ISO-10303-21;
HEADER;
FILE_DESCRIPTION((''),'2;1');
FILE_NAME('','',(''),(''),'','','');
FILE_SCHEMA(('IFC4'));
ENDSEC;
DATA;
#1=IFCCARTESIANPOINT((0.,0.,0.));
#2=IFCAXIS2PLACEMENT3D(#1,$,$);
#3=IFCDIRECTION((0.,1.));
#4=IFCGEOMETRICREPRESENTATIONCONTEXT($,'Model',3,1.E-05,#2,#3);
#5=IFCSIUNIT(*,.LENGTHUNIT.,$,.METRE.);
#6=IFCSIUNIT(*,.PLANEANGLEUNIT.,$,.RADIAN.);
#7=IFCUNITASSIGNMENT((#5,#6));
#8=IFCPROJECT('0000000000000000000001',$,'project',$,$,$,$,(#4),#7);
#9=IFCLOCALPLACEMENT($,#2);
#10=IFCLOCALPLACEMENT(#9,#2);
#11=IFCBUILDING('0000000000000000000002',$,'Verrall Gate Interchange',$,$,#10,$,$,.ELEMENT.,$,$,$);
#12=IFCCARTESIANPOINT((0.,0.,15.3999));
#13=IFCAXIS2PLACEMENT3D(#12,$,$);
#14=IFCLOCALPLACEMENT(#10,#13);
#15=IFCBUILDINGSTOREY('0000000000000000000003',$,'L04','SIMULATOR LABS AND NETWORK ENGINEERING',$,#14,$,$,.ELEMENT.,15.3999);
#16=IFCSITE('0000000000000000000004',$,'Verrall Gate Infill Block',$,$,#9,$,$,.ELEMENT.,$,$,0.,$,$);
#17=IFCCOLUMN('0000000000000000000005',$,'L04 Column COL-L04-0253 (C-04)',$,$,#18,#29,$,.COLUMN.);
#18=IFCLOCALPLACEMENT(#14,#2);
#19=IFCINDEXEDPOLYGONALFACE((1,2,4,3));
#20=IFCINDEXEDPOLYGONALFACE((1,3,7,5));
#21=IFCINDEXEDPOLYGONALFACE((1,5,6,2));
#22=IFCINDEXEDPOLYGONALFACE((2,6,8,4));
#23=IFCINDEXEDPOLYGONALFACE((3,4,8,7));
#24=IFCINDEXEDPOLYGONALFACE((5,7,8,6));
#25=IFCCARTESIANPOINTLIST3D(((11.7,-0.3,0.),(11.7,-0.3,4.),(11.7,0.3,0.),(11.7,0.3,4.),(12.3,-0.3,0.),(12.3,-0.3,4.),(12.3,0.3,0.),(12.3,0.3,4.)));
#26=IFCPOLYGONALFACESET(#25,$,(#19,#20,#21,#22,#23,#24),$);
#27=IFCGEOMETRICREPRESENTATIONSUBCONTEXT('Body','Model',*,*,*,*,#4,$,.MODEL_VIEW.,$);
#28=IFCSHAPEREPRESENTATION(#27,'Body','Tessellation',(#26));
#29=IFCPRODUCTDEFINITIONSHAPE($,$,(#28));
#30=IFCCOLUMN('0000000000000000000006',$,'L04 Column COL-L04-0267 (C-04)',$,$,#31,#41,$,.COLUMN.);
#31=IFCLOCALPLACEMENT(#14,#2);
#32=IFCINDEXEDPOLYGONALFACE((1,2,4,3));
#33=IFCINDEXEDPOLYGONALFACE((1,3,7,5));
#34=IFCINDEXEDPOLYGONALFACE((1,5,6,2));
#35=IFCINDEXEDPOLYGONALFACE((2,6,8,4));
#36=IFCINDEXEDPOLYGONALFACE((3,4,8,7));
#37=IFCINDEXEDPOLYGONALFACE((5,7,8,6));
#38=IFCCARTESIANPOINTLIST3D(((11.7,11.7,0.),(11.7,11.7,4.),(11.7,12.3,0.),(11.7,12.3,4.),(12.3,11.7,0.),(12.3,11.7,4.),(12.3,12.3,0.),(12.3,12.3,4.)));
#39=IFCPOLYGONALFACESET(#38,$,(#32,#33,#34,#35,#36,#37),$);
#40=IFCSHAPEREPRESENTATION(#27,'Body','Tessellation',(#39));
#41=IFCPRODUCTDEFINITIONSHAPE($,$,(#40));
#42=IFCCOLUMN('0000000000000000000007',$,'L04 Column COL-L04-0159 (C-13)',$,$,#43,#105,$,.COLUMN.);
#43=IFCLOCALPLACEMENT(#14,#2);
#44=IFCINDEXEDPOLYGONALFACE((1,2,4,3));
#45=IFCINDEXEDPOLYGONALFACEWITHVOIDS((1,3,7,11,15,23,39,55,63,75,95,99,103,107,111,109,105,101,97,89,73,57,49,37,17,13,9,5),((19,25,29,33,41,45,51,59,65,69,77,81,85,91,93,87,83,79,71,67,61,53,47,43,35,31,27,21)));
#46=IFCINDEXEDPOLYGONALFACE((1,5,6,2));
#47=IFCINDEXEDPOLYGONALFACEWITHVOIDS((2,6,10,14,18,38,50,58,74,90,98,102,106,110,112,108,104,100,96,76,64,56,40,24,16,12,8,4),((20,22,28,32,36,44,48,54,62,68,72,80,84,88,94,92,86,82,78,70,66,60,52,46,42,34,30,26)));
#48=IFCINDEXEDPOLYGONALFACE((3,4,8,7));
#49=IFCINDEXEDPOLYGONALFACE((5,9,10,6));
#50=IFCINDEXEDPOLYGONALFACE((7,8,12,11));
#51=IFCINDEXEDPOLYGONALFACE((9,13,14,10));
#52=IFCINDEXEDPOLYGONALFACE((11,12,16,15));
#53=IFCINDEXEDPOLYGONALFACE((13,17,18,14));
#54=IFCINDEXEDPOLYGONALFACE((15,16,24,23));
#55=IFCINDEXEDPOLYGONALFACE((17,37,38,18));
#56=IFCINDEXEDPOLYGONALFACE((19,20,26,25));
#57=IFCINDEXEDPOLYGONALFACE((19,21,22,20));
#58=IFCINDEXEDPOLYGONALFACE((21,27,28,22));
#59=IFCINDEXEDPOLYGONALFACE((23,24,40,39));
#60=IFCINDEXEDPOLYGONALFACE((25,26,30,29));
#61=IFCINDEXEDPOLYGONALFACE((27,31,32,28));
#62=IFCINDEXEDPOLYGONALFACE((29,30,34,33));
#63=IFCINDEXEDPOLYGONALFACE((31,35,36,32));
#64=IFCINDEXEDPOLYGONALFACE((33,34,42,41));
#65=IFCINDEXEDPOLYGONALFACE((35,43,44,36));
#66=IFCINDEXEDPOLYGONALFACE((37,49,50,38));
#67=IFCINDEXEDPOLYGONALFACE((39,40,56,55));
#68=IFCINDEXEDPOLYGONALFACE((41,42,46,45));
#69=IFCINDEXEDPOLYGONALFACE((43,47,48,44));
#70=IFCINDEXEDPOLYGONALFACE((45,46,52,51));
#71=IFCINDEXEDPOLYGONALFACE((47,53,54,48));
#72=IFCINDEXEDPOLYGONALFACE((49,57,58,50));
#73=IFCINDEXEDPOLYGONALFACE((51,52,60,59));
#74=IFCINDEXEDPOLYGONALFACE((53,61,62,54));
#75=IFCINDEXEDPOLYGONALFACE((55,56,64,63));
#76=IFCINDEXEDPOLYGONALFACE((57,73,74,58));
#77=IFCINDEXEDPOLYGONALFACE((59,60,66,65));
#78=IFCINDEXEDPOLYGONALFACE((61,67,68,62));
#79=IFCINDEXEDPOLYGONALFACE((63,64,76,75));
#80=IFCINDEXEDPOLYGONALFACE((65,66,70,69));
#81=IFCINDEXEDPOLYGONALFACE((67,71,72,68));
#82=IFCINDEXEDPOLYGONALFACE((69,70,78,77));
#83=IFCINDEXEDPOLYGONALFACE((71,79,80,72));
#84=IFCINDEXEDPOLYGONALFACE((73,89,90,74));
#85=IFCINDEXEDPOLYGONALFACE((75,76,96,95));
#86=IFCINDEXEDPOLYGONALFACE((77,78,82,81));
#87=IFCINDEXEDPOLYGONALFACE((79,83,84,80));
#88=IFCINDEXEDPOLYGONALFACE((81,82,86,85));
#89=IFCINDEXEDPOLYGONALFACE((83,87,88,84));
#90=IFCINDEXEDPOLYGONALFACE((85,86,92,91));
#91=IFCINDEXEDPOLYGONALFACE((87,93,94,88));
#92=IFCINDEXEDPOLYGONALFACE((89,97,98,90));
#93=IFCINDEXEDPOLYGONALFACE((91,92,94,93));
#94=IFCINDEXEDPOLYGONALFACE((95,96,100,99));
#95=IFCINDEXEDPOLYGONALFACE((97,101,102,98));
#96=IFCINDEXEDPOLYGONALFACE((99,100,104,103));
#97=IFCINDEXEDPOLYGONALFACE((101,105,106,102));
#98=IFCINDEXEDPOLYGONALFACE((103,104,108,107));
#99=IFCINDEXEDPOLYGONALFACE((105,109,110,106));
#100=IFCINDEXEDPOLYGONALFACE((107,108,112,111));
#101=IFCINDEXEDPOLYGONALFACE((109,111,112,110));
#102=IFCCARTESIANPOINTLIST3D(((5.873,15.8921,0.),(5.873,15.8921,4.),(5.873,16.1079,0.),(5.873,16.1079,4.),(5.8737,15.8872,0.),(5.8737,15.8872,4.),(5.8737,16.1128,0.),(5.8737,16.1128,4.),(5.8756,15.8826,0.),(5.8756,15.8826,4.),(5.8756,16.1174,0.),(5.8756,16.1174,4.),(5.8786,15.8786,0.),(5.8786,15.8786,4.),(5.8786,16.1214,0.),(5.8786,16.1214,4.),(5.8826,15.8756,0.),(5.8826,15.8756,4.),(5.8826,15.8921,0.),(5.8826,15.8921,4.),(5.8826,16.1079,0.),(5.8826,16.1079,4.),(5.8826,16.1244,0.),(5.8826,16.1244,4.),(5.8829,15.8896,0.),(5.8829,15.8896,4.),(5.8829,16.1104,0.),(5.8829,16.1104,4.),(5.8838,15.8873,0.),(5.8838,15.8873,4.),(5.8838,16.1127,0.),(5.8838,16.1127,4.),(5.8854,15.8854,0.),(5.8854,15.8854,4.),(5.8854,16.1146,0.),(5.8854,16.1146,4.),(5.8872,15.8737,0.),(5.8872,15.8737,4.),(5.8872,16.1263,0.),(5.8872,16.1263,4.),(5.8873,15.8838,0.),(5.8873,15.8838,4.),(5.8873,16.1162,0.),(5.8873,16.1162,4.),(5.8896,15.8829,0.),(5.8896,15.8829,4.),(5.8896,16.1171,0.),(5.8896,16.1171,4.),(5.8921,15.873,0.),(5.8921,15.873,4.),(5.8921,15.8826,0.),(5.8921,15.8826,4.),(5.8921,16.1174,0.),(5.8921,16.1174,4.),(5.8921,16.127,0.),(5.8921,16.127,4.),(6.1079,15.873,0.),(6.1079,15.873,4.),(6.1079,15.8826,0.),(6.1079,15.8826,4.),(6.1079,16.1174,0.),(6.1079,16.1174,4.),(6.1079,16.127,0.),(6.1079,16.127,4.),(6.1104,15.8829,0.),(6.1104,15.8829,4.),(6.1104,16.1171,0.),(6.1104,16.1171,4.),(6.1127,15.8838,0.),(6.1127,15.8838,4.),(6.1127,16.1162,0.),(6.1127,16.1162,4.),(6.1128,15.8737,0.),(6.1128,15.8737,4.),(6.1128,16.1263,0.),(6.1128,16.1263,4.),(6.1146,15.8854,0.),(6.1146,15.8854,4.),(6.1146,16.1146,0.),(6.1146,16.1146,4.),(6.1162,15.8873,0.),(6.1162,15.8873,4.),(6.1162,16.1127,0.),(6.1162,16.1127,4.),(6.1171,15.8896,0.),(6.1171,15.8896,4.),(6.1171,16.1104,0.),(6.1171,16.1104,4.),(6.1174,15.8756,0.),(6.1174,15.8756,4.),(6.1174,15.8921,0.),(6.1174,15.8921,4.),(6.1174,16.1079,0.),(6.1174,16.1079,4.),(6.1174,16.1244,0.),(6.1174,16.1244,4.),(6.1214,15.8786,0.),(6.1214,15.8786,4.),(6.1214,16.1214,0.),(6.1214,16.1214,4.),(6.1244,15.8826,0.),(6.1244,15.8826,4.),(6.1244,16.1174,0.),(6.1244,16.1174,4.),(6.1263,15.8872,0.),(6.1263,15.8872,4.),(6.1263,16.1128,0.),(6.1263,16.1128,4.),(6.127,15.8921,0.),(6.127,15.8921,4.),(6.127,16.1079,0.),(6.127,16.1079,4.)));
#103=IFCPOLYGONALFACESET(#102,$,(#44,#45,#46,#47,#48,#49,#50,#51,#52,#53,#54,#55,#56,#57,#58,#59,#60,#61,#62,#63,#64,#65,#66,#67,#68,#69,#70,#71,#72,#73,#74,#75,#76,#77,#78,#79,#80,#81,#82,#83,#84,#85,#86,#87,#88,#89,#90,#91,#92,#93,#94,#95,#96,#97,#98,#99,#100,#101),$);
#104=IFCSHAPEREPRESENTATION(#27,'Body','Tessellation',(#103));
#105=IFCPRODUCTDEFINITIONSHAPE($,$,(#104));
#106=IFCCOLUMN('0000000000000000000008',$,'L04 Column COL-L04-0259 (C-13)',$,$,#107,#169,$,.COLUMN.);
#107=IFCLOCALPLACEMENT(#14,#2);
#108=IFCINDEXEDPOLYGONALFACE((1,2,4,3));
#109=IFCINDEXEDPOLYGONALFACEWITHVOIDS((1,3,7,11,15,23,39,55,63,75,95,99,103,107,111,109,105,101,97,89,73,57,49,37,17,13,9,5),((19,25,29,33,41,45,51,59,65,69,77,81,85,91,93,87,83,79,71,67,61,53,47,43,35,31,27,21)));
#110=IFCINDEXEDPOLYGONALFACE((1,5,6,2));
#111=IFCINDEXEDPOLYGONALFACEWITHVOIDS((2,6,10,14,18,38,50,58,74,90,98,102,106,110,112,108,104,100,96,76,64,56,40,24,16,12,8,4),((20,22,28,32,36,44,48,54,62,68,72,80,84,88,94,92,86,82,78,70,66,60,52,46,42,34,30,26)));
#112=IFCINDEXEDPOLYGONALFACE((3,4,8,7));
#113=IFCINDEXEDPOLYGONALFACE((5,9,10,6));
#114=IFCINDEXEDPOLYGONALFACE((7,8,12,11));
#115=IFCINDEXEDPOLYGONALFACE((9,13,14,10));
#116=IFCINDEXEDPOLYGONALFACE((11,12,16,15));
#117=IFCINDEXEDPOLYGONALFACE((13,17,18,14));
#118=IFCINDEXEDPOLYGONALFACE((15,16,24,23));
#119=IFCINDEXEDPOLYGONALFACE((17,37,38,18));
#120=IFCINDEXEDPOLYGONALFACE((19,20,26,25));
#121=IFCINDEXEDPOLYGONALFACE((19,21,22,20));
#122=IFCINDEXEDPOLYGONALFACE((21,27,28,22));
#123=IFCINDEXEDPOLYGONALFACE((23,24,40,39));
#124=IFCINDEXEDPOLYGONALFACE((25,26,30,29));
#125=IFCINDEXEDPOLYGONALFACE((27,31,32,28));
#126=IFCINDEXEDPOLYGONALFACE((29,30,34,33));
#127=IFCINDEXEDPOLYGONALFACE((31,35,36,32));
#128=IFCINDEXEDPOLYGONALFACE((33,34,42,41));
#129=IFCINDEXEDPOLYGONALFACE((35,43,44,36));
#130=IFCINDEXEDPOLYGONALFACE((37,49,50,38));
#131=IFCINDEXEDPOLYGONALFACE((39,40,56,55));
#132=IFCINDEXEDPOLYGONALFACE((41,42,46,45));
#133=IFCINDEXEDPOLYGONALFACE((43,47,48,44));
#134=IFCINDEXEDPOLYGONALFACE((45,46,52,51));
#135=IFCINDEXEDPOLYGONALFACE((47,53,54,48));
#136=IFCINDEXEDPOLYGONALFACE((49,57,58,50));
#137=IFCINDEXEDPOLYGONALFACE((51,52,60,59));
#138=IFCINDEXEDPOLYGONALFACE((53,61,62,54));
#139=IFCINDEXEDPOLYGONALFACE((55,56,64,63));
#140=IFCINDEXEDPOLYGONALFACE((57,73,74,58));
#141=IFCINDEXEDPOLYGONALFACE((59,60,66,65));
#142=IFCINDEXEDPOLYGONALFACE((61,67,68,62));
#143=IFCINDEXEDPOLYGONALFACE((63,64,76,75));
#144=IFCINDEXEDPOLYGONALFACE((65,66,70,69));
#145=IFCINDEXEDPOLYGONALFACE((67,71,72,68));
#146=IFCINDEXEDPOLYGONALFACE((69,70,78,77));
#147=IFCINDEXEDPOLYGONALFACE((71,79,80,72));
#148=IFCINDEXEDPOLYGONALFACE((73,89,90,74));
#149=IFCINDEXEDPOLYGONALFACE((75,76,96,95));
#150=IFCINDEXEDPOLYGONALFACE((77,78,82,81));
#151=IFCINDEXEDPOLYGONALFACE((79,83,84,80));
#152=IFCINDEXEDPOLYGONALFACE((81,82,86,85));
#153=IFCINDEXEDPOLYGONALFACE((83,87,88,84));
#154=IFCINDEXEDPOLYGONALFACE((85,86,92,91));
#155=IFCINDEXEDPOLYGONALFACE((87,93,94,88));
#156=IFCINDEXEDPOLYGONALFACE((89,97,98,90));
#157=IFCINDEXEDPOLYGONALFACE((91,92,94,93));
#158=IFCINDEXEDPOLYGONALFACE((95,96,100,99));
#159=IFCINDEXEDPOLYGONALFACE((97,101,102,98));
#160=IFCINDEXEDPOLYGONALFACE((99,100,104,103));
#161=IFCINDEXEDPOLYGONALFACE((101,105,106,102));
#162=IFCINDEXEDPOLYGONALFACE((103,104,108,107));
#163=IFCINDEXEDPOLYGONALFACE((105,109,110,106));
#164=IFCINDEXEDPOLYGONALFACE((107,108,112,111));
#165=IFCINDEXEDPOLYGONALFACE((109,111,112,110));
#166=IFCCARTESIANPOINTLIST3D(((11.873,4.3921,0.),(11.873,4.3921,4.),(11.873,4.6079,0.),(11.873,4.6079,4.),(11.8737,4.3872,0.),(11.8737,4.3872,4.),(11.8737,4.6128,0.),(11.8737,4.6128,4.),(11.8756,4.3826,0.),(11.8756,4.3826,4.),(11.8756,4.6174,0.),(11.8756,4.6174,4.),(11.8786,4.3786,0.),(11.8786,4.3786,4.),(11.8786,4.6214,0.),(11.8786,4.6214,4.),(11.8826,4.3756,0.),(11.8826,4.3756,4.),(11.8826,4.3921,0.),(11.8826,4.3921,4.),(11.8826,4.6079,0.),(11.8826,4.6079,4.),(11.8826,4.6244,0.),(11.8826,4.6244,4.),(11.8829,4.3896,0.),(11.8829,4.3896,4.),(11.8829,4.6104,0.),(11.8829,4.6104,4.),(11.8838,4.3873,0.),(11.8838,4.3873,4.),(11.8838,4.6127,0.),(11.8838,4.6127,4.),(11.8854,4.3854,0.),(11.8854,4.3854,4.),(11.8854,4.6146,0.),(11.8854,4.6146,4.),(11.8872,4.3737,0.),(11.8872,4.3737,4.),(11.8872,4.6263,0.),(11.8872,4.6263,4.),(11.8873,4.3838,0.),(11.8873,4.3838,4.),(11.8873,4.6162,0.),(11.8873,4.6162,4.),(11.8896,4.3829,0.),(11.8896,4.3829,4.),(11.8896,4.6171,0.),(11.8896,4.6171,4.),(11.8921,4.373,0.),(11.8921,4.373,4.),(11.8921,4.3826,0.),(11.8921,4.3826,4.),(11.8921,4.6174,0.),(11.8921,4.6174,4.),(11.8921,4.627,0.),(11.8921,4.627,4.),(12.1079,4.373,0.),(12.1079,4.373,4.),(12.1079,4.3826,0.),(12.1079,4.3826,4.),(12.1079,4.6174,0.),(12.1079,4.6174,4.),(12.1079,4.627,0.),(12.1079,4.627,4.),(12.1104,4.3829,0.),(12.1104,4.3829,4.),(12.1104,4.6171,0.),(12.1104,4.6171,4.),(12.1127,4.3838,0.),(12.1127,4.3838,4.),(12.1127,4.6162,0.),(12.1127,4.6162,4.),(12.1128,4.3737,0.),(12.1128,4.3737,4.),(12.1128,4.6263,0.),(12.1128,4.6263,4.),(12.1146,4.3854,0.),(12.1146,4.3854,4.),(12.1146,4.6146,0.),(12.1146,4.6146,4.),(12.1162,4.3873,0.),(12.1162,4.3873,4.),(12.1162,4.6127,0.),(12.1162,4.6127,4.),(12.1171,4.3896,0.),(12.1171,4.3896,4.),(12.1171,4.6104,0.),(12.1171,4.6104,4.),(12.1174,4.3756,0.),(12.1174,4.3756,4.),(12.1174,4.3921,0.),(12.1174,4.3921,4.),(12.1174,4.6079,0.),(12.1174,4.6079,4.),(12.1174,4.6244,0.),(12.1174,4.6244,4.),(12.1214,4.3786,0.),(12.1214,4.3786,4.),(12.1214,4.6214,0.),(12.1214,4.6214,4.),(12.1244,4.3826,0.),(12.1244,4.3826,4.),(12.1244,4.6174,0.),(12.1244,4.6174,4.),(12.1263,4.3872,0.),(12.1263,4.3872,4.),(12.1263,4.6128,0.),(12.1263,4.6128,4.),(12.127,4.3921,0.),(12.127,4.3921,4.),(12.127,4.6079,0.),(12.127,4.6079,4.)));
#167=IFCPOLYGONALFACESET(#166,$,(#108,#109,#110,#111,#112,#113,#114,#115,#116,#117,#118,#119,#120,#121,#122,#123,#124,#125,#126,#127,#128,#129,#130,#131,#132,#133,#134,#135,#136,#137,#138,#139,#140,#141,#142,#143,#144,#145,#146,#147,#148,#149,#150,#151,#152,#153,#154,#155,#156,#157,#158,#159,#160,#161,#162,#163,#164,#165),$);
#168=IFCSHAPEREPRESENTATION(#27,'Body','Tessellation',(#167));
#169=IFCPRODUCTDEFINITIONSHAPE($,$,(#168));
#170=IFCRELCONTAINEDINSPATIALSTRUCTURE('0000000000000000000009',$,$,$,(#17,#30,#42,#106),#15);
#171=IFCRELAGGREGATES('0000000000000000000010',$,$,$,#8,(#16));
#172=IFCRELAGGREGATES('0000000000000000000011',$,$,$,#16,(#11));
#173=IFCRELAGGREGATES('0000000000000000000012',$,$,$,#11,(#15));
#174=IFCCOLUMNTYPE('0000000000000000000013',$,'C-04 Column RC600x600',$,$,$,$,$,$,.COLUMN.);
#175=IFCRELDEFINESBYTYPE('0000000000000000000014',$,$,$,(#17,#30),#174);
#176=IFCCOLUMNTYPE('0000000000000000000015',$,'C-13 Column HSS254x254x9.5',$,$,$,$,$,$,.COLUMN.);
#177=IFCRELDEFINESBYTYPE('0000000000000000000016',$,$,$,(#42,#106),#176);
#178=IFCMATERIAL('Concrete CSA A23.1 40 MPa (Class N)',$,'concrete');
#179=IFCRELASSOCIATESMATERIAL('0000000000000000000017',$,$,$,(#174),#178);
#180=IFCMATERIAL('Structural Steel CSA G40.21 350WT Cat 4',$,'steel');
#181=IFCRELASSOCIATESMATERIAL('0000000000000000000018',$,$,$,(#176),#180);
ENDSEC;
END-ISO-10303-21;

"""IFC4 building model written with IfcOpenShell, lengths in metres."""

from ifc_helpers import new_model, si_unit, direction, frame, origin, origin_2d, place, context, subcontext, project, spatial, rectangle, hollow_rectangle, extrude, material, material_profile, profile_set, type_object, element, save


model = new_model("IFC4")

# Units and contexts
model_context = context("Model", 3, precision=1e-05, world=origin(), true_north=direction((0.0, 1.0)))
body_context = subcontext(model_context, "Body", "Model", "MODEL_VIEW")
ifc_project = project(units=[si_unit("LENGTHUNIT", "METRE"), si_unit("PLANEANGLEUNIT", "RADIAN")], contexts=[model_context])

# Site, building, storey
site_placement = place(None, origin())
site = spatial("IfcSite", under=ifc_project, at=site_placement, Name="Verrall Gate Infill Block", CompositionType="ELEMENT", RefElevation=0.0)
building_placement = place(site_placement, origin())
building = spatial("IfcBuilding", under=site, at=building_placement, Name="Verrall Gate Interchange", CompositionType="ELEMENT")
storey_placement = place(building_placement, frame((0.0, 0.0, 15.3999)))
storey = spatial("IfcBuildingStorey", under=building, at=storey_placement, Name="L04", Description="SIMULATOR LABS AND NETWORK ENGINEERING", CompositionType="ELEMENT", Elevation=15.3999)

# Columns
ifc_material_1 = material(Name="Concrete CSA A23.1 40 MPa (Class N)", Category="concrete")
ifc_material_profile_1 = material_profile(ifc_material_1, rectangle(XDim=0.6001, YDim=0.6001, at=origin_2d()), Name="RC600x600")
ifc_profile_set_1 = profile_set([ifc_material_profile_1], Name="Concrete CSA A23.1 40 MPa (Class N)")
column_type_1 = type_object("IfcColumnType", Name="C-04 Column RC600x600", PredefinedType="COLUMN", material=ifc_profile_set_1)
for number, where, z_axis, x_axis, name in (
    (1, (12.0, 0.0, 0.0), (0.0, 0.0, 1.0), (1.0, 0.0, 0.0), "L04 Column COL-L04-0253 (C-04)"),
    (2, (12.0, 12.0, 0.0), (0.0, 0.0, 1.0), (1.0, 0.0, 0.0), "L04 Column COL-L04-0267 (C-04)"),
):
    element("IfcColumn", number, at=place(storey_placement, frame(where, z_axis=z_axis, x_axis=x_axis)), inside=storey, type_object=column_type_1, Name=name, PredefinedType="COLUMN", context=body_context, shape_type="SweptSolid", body=[
        extrude(rectangle(XDim=0.6001, YDim=0.6001, at=origin_2d()), origin(), (0.0, 0.0, 1.0), 4.0),
    ])
ifc_material_2 = material(Name="Structural Steel CSA G40.21 350WT Cat 4", Category="steel")
ifc_material_profile_2 = material_profile(ifc_material_2, hollow_rectangle(XDim=0.2539, YDim=0.2539, WallThickness=0.0095, InnerFilletRadius=0.0095, OuterFilletRadius=0.019, at=origin_2d()), Name="HSS254x254x9.5")
ifc_profile_set_2 = profile_set([ifc_material_profile_2], Name="Structural Steel CSA G40.21 350WT Cat 4")
column_type_2 = type_object("IfcColumnType", Name="C-13 Column HSS254x254x9.5", PredefinedType="COLUMN", material=ifc_profile_set_2)
for number, where, z_axis, x_axis, name in (
    (3, (6.0, 16.0, 0.0), (0.0, 0.0, 1.0), (1.0, 0.0, 0.0), "L04 Column COL-L04-0159 (C-13)"),
    (4, (12.0, 4.5, 0.0), (0.0, 0.0, 1.0), (1.0, 0.0, 0.0), "L04 Column COL-L04-0259 (C-13)"),
):
    element("IfcColumn", number, at=place(storey_placement, frame(where, z_axis=z_axis, x_axis=x_axis)), inside=storey, type_object=column_type_2, Name=name, PredefinedType="COLUMN", context=body_context, shape_type="SweptSolid", body=[
        extrude(hollow_rectangle(XDim=0.2539, YDim=0.2539, WallThickness=0.0095, InnerFilletRadius=0.0095, OuterFilletRadius=0.019, at=origin_2d()), origin(), (0.0, 0.0, 1.0), 4.0),
    ])

save(model, "model.ifc")
